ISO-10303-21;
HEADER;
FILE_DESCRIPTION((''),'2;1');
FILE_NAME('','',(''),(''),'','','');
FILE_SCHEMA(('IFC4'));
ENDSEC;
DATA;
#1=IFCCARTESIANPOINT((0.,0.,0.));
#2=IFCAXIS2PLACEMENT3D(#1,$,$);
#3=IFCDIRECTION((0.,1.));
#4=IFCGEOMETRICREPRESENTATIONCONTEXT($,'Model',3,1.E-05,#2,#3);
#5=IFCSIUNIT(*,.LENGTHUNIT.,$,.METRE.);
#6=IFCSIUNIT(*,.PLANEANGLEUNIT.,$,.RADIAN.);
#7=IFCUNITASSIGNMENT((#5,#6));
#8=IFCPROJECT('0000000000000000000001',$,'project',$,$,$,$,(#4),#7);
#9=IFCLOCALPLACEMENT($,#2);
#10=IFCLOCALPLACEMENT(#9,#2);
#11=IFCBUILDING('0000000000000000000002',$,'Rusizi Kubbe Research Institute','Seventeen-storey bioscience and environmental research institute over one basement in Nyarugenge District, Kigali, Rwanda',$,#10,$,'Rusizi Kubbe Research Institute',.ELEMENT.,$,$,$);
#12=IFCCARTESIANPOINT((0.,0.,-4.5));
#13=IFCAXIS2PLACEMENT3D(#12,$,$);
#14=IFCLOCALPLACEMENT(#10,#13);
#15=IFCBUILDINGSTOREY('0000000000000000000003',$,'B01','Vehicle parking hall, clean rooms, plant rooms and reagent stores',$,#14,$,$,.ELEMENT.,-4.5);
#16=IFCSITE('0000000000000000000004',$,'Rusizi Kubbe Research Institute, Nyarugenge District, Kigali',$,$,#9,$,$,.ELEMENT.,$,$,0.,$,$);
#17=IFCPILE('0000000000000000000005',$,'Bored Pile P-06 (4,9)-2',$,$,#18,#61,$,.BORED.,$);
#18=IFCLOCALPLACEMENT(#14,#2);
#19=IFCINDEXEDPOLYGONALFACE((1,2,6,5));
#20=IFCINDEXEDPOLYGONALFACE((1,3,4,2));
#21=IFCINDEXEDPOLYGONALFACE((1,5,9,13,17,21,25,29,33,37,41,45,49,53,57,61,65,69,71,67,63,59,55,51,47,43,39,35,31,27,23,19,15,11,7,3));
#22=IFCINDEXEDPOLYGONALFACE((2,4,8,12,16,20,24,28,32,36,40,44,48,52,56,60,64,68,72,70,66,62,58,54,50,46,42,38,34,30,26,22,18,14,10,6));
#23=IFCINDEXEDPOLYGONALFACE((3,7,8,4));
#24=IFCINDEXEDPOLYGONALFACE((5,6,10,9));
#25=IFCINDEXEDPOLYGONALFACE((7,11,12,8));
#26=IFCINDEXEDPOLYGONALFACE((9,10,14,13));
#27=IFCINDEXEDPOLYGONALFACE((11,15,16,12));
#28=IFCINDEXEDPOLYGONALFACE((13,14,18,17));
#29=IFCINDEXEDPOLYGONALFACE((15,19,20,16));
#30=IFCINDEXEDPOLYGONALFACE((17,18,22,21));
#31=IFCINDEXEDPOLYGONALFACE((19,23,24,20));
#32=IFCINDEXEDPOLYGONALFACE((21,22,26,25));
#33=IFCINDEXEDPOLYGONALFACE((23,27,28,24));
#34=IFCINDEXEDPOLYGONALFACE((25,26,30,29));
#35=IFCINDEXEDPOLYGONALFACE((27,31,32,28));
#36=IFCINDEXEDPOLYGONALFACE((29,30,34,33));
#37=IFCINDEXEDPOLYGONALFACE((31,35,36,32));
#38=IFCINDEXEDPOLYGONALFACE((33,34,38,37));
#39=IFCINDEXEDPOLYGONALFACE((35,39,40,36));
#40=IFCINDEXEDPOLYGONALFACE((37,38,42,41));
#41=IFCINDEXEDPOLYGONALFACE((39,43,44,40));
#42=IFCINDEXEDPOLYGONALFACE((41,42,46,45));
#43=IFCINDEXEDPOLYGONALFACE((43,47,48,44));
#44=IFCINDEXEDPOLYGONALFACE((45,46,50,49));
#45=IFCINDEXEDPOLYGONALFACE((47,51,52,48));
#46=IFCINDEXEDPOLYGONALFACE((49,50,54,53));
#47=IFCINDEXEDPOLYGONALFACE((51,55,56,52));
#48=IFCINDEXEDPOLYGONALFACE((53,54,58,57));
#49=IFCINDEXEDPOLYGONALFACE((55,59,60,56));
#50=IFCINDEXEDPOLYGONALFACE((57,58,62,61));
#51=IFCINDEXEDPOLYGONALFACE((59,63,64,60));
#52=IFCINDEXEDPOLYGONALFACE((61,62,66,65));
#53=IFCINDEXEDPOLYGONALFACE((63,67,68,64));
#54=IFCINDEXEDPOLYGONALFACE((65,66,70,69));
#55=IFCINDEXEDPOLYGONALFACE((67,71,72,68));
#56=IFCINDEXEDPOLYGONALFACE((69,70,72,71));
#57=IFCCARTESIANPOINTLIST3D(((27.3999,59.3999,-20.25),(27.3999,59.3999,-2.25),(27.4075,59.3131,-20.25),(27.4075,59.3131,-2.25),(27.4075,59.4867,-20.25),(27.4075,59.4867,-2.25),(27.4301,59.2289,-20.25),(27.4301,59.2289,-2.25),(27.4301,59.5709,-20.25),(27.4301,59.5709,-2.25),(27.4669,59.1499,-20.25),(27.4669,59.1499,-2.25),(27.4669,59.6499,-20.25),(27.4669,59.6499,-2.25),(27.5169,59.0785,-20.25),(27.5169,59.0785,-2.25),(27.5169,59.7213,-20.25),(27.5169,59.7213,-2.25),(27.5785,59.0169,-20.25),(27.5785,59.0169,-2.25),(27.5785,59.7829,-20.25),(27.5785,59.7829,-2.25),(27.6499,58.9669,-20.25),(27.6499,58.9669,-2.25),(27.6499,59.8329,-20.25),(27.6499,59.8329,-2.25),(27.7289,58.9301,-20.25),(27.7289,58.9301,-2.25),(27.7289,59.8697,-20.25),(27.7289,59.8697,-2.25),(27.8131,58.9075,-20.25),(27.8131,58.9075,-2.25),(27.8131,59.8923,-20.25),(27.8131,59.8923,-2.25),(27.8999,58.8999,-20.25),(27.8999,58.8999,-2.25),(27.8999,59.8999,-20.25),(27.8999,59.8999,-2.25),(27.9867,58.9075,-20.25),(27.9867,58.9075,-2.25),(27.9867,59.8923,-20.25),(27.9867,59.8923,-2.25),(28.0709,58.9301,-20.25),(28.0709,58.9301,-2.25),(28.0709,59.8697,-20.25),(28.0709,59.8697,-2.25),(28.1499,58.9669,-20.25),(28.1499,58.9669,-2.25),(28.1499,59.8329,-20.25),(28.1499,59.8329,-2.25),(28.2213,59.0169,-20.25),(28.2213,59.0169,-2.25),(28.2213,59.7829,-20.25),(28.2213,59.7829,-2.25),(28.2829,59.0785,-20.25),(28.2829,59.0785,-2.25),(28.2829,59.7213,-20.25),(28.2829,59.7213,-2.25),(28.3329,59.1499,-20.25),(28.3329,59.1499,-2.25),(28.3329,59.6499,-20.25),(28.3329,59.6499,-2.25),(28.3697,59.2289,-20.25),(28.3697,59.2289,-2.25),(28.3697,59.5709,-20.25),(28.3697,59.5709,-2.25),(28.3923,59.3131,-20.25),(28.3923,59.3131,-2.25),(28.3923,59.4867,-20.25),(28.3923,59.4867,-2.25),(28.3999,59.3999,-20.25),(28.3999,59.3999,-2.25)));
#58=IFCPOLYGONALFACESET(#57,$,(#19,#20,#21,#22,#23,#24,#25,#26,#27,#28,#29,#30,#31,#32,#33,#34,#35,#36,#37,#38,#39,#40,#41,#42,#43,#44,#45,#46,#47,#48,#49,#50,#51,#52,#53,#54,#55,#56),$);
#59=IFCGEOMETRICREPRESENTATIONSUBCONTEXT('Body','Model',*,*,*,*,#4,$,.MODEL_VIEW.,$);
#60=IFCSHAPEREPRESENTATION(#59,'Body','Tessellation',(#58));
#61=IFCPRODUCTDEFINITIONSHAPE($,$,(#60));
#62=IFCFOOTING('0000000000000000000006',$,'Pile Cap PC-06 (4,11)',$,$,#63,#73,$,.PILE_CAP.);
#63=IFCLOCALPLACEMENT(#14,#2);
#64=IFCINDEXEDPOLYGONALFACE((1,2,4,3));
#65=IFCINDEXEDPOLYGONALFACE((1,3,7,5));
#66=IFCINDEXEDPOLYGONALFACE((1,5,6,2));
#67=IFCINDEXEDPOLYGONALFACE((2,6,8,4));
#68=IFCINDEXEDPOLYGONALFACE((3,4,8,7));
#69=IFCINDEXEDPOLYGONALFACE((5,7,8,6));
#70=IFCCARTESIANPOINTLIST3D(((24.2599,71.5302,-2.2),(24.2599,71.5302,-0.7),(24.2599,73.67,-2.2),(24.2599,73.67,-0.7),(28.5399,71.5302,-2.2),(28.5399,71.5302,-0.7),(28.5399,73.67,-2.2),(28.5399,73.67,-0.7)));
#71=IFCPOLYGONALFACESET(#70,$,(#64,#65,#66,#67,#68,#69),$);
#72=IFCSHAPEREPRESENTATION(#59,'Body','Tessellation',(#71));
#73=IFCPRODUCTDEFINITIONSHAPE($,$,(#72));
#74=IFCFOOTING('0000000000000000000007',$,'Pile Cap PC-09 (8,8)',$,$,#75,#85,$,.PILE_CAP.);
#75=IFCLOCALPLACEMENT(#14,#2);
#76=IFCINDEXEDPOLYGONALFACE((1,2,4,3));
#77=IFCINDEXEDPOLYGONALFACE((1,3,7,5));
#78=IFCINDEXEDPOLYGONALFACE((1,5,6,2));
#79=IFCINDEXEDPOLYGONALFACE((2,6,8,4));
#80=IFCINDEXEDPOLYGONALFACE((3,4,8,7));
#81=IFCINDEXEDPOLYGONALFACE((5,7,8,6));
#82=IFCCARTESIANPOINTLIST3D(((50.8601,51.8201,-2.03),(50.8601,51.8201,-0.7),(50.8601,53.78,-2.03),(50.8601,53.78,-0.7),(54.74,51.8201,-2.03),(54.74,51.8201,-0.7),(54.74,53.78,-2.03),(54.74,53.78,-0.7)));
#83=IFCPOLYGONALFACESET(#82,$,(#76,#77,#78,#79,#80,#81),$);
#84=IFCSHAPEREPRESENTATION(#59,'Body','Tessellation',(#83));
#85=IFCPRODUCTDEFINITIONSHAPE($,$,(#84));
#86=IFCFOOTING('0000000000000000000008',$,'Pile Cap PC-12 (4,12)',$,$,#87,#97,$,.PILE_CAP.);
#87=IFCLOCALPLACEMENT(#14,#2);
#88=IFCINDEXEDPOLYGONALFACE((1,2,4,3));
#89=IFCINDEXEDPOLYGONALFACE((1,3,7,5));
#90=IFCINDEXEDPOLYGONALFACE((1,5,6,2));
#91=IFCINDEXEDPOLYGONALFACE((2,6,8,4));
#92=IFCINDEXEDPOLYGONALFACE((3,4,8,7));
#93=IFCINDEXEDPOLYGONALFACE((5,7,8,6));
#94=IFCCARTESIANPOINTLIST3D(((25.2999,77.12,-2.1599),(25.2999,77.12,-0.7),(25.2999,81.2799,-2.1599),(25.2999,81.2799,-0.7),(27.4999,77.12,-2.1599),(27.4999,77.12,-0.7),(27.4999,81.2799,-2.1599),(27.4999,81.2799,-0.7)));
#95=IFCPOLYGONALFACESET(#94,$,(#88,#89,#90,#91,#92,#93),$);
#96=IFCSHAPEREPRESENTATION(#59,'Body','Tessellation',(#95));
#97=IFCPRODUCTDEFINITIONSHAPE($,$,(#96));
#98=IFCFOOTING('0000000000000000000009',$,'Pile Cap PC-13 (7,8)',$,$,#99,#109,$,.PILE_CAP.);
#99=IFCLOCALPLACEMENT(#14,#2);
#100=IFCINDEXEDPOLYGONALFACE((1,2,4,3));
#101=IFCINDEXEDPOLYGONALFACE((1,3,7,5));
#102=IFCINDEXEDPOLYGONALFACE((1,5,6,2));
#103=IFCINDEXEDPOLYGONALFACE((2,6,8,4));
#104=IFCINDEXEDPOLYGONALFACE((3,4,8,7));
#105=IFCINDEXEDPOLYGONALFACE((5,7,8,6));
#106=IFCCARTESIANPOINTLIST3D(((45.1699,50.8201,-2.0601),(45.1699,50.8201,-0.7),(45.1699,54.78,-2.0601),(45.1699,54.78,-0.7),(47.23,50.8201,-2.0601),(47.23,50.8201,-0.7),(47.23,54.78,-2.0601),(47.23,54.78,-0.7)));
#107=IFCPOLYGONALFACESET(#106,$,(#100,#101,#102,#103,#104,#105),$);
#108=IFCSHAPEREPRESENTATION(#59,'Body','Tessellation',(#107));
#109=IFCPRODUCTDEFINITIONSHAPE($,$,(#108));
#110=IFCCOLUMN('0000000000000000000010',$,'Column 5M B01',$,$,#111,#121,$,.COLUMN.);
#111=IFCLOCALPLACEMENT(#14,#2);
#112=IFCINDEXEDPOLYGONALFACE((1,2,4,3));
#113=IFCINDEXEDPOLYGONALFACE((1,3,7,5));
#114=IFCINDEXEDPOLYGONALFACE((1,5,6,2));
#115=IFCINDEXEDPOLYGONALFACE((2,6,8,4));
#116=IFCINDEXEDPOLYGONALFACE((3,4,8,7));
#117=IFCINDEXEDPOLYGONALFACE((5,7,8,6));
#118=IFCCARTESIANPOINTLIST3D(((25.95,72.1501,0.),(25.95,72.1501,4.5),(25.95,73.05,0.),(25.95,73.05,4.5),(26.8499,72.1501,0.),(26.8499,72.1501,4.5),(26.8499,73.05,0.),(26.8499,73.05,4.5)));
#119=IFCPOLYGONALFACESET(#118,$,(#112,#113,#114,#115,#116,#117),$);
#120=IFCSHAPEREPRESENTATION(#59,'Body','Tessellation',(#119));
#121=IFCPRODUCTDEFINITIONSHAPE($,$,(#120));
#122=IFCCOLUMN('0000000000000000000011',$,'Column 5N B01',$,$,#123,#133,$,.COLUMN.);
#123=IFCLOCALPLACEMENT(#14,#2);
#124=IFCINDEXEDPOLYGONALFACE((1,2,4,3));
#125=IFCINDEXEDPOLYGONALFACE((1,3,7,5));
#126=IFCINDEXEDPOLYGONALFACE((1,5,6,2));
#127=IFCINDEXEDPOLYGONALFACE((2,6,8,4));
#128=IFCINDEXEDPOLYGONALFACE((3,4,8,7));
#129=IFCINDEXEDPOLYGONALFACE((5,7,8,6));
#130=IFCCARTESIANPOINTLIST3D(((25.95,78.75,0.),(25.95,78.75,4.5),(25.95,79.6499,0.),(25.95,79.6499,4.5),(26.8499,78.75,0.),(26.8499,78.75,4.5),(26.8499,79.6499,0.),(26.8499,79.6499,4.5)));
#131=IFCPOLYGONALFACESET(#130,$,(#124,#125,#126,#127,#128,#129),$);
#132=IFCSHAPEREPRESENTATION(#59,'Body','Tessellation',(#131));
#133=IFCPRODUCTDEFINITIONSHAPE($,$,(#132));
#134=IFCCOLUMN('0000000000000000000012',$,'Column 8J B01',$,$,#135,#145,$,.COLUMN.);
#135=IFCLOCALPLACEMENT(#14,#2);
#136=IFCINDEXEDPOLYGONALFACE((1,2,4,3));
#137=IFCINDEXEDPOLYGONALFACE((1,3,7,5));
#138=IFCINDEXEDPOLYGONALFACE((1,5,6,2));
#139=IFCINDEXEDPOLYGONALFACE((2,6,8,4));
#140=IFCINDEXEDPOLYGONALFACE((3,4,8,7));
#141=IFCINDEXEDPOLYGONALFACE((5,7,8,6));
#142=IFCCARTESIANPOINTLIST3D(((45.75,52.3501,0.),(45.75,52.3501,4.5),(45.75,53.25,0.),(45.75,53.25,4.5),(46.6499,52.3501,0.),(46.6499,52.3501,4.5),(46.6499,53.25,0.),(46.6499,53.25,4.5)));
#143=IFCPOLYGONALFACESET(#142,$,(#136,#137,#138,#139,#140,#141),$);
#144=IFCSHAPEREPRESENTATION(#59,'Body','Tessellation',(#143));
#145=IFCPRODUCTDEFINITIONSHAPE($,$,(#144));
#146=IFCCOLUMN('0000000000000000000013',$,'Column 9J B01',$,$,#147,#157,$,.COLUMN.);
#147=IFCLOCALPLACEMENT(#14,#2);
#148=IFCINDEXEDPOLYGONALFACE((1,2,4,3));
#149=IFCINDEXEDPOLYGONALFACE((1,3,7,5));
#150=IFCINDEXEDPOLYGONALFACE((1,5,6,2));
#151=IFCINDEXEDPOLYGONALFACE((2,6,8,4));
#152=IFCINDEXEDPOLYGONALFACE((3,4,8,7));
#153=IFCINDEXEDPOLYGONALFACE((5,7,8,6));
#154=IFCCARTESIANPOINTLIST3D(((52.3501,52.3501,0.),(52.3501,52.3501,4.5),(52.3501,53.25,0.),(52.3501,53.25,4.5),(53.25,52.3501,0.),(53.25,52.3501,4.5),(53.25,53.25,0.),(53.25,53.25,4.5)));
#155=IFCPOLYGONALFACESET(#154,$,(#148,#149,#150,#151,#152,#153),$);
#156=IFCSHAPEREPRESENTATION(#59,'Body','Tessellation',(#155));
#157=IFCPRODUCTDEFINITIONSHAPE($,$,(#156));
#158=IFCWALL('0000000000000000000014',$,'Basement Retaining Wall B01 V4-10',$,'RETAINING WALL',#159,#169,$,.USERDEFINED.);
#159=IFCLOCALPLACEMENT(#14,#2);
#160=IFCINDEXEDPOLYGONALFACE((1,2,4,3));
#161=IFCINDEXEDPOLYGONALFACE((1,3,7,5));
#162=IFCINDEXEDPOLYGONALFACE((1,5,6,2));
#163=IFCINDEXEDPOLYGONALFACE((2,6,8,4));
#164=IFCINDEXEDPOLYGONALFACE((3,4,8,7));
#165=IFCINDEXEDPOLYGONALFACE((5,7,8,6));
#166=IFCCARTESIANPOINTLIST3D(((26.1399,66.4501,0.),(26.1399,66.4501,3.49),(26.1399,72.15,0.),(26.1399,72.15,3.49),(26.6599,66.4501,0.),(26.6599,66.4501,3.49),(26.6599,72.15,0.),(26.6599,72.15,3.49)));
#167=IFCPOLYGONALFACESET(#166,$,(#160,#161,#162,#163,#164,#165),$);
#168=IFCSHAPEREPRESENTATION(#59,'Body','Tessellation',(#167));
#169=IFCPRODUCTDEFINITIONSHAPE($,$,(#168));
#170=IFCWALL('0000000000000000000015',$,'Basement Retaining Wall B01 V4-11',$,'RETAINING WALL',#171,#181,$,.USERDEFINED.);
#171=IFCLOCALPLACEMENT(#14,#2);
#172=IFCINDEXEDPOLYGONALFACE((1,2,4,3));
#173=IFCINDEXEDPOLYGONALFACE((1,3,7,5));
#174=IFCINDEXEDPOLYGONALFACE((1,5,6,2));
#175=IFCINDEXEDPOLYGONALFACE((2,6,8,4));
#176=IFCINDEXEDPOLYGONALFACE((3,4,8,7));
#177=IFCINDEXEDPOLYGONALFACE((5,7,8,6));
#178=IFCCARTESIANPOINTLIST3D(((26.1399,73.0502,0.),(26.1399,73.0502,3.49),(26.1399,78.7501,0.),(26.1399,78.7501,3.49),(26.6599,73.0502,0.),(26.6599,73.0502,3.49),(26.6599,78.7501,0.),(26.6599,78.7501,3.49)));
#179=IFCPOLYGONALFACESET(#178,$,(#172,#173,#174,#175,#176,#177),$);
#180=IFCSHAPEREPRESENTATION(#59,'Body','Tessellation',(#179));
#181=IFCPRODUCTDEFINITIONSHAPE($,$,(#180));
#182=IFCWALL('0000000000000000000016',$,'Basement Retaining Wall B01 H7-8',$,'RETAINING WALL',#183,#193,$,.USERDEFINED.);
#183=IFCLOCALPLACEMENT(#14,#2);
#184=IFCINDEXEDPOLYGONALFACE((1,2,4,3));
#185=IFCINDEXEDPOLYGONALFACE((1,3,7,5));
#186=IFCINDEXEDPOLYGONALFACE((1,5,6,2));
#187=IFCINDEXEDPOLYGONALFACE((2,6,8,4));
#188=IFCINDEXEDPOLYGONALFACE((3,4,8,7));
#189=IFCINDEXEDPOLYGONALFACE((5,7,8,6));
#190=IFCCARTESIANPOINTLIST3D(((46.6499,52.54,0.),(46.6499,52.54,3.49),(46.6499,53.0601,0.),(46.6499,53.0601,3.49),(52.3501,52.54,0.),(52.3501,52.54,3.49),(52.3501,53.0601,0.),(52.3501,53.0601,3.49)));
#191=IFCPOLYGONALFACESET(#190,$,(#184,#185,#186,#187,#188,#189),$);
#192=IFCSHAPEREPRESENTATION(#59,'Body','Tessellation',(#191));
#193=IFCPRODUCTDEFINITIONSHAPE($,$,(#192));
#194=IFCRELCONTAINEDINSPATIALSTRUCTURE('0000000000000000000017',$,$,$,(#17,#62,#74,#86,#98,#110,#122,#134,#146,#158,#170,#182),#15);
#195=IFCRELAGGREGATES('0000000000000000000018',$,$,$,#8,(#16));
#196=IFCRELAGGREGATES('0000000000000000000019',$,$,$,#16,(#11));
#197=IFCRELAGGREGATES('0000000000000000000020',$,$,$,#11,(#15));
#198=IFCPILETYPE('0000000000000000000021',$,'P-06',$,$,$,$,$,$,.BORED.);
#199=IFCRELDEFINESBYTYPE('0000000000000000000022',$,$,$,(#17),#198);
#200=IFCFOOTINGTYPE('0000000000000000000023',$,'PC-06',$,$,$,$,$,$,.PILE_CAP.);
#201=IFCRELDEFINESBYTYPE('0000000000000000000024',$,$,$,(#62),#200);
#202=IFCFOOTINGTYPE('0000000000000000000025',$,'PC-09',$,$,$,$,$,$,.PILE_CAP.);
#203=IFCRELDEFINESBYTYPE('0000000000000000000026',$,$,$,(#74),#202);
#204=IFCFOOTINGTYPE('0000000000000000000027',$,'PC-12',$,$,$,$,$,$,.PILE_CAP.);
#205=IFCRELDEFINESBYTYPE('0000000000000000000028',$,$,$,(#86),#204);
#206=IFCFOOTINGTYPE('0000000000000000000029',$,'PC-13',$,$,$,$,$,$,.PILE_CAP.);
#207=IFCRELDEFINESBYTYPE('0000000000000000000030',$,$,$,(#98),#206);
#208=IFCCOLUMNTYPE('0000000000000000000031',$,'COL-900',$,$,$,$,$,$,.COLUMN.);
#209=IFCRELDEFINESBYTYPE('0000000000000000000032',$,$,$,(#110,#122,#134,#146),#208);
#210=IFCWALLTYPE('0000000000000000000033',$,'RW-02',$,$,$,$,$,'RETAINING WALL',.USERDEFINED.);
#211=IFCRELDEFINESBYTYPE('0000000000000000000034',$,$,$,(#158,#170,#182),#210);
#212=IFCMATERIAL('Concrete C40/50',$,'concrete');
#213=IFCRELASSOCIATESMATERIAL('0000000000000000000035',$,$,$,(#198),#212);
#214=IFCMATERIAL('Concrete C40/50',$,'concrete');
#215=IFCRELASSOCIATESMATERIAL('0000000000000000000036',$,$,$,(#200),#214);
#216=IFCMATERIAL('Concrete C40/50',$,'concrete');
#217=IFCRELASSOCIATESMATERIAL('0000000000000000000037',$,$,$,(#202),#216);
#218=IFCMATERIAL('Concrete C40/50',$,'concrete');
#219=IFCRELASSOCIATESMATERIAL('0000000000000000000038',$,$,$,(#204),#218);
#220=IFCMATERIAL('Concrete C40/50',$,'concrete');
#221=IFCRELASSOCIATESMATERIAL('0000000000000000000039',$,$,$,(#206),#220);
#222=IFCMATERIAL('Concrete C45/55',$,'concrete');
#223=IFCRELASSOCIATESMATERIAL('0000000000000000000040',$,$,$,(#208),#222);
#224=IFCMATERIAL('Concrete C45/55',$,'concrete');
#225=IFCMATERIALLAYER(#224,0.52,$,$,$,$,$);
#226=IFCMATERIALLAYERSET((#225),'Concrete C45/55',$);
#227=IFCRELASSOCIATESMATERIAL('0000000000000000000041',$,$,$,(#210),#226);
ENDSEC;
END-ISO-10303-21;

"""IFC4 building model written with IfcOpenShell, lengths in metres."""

from ifc_helpers import new_model, si_unit, direction, frame, frame_2d, origin, origin_2d, place, context, subcontext, project, spatial, rectangle, circle, extrude, material, layer, layer_set, material_profile, profile_set, type_object, element, save


model = new_model("IFC4")

# Units and contexts
model_context = context("Model", 3, precision=1e-05, world=origin(), true_north=direction((0.0, 1.0)))
body_context = subcontext(model_context, "Body", "Model", "MODEL_VIEW")
ifc_project = project(units=[si_unit("LENGTHUNIT", "METRE"), si_unit("PLANEANGLEUNIT", "RADIAN")], contexts=[model_context])

# Site, building, storey
site_placement = place(None, origin())
site = spatial("IfcSite", under=ifc_project, at=site_placement, Name="Rusizi Kubbe Research Institute, Nyarugenge District, Kigali", CompositionType="ELEMENT", RefElevation=0.0)
building_placement = place(site_placement, origin())
building = spatial("IfcBuilding", under=site, at=building_placement, Name="Rusizi Kubbe Research Institute", Description="Seventeen-storey bioscience and environmental research institute over one basement in Nyarugenge District, Kigali, Rwanda", LongName="Rusizi Kubbe Research Institute", CompositionType="ELEMENT")
storey_placement = place(building_placement, frame((0.0, 0.0, -4.5)))
storey = spatial("IfcBuildingStorey", under=building, at=storey_placement, Name="B01", Description="Vehicle parking hall, clean rooms, plant rooms and reagent stores", CompositionType="ELEMENT", Elevation=-4.5)

# Pile
ifc_material_1 = material(Name="Concrete C40/50", Category="concrete")
ifc_material_profile_1 = material_profile(ifc_material_1, circle(Radius=0.5, at=origin_2d()), Name="PILE-D1000")
ifc_profile_set_1 = profile_set([ifc_material_profile_1], Name="Concrete C40/50")
pile_type_1 = type_object("IfcPileType", Name="P-06", PredefinedType="BORED", material=ifc_profile_set_1)
pile_1_placement = place(storey_placement, frame((27.8999, 59.3999, -2.25), z_axis=(0.0, 0.0, -1.0), x_axis=(1.0, 0.0, 0.0)))
element("IfcPile", 1, at=pile_1_placement, inside=storey, type_object=pile_type_1, Name="Bored Pile P-06 (4,9)-2", PredefinedType="BORED", context=body_context, shape_type="SweptSolid", body=[
    extrude(circle(Radius=0.5, at=origin_2d()), origin(), (0.0, 0.0, 1.0), 18.0),
])

# Footings
ifc_material_2 = material(Name="Concrete C40/50", Category="concrete")
footing_type_1 = type_object("IfcFootingType", Name="PC-06", PredefinedType="PILE_CAP", material=ifc_material_2)
footing_1_placement = place(storey_placement, frame((26.3999, 72.6001, -2.2), z_axis=(0.0, 0.0, 1.0), x_axis=(1.0, 0.0, 0.0)))
element("IfcFooting", 2, at=footing_1_placement, inside=storey, type_object=footing_type_1, Name="Pile Cap PC-06 (4,11)", PredefinedType="PILE_CAP", context=body_context, shape_type="SweptSolid", body=[
    extrude(rectangle(XDim=4.28, YDim=2.1399, at=origin_2d()), origin(), (0.0, 0.0, 1.0), 1.5),
])
ifc_material_3 = material(Name="Concrete C40/50", Category="concrete")
footing_type_2 = type_object("IfcFootingType", Name="PC-09", PredefinedType="PILE_CAP", material=ifc_material_3)
footing_2_placement = place(storey_placement, frame((52.8, 52.8, -2.03), z_axis=(0.0, 0.0, 1.0), x_axis=(1.0, 0.0, 0.0)))
element("IfcFooting", 3, at=footing_2_placement, inside=storey, type_object=footing_type_2, Name="Pile Cap PC-09 (8,8)", PredefinedType="PILE_CAP", context=body_context, shape_type="SweptSolid", body=[
    extrude(rectangle(XDim=3.8799, YDim=1.96, at=origin_2d()), origin(), (0.0, 0.0, 1.0), 1.3301),
])
ifc_material_4 = material(Name="Concrete C40/50", Category="concrete")
footing_type_3 = type_object("IfcFootingType", Name="PC-12", PredefinedType="PILE_CAP", material=ifc_material_4)
footing_3_placement = place(storey_placement, frame((26.3999, 79.2, -2.1599), z_axis=(0.0, 0.0, 1.0), x_axis=(1.0, 0.0, 0.0)))
element("IfcFooting", 4, at=footing_3_placement, inside=storey, type_object=footing_type_3, Name="Pile Cap PC-12 (4,12)", PredefinedType="PILE_CAP", context=body_context, shape_type="SweptSolid", body=[
    extrude(rectangle(XDim=2.2, YDim=4.1599, at=origin_2d()), origin(), (0.0, 0.0, 1.0), 1.46),
])
ifc_material_5 = material(Name="Concrete C40/50", Category="concrete")
footing_type_4 = type_object("IfcFootingType", Name="PC-13", PredefinedType="PILE_CAP", material=ifc_material_5)
footing_4_placement = place(storey_placement, frame((46.2, 52.8, -2.0601), z_axis=(0.0, 0.0, 1.0), x_axis=(1.0, 0.0, 0.0)))
element("IfcFooting", 5, at=footing_4_placement, inside=storey, type_object=footing_type_4, Name="Pile Cap PC-13 (7,8)", PredefinedType="PILE_CAP", context=body_context, shape_type="SweptSolid", body=[
    extrude(rectangle(XDim=2.0601, YDim=3.96, at=origin_2d()), origin(), (0.0, 0.0, 1.0), 1.3601),
])

# Columns
ifc_material_6 = material(Name="Concrete C45/55", Category="concrete")
ifc_material_profile_2 = material_profile(ifc_material_6, rectangle(XDim=0.8999, YDim=0.8999, at=origin_2d()), Name="RC900x900")
ifc_profile_set_2 = profile_set([ifc_material_profile_2], Name="Concrete C45/55")
column_type = type_object("IfcColumnType", Name="COL-900", PredefinedType="COLUMN", material=ifc_profile_set_2)
for number, where, z_axis, x_axis, name in (
    (6, (26.3999, 72.6001, 0.0), (0.0, 0.0, 1.0), (1.0, 0.0, 0.0), "Column 5M B01"),
    (7, (26.3999, 79.2, 0.0), (0.0, 0.0, 1.0), (1.0, 0.0, 0.0), "Column 5N B01"),
    (8, (46.2, 52.8, 0.0), (0.0, 0.0, 1.0), (1.0, 0.0, 0.0), "Column 8J B01"),
    (9, (52.8, 52.8, 0.0), (0.0, 0.0, 1.0), (1.0, 0.0, 0.0), "Column 9J B01"),
):
    element("IfcColumn", number, at=place(storey_placement, frame(where, z_axis=z_axis, x_axis=x_axis)), inside=storey, type_object=column_type, Name=name, PredefinedType="COLUMN", context=body_context, shape_type="SweptSolid", body=[
        extrude(rectangle(XDim=0.8999, YDim=0.8999, at=origin_2d()), origin(), (0.0, 0.0, 1.0), 4.5),
    ])

# Walls
ifc_material_7 = material(Name="Concrete C45/55", Category="concrete")
ifc_layer = layer(ifc_material_7, 0.52)
ifc_layer_set = layer_set([ifc_layer], Name="Concrete C45/55")
wall_type = type_object("IfcWallType", Name="RW-02", ElementType="RETAINING WALL", PredefinedType="USERDEFINED", material=ifc_layer_set)
for number, where, z_axis, x_axis, name in (
    (10, (26.3999, 66.45, 0.0), (0.0, 0.0, 1.0), (0.0, 1.0, 0.0), "Basement Retaining Wall B01 V4-10"),
    (11, (26.3999, 73.05, 0.0), (0.0, 0.0, 1.0), (0.0, 1.0, 0.0), "Basement Retaining Wall B01 V4-11"),
):
    element("IfcWall", number, at=place(storey_placement, frame(where, z_axis=z_axis, x_axis=x_axis)), inside=storey, type_object=wall_type, Name=name, ObjectType="RETAINING WALL", PredefinedType="USERDEFINED", context=body_context, shape_type="SweptSolid", body=[
        extrude(rectangle(XDim=5.7, YDim=0.52, at=frame_2d((2.8501, 0.0))), origin(), (0.0, 0.0, 1.0), 3.49),
    ])
wall_placement = place(storey_placement, frame((46.6499, 52.8, 0.0), z_axis=(0.0, 0.0, 1.0), x_axis=(1.0, 0.0, 0.0)))
element("IfcWall", 12, at=wall_placement, inside=storey, type_object=wall_type, Name="Basement Retaining Wall B01 H7-8", ObjectType="RETAINING WALL", PredefinedType="USERDEFINED", context=body_context, shape_type="SweptSolid", body=[
    extrude(rectangle(XDim=5.7002, YDim=0.52, at=frame_2d((2.8501, 0.0))), origin(), (0.0, 0.0, 1.0), 3.49),
])

save(model, "model.ifc")
